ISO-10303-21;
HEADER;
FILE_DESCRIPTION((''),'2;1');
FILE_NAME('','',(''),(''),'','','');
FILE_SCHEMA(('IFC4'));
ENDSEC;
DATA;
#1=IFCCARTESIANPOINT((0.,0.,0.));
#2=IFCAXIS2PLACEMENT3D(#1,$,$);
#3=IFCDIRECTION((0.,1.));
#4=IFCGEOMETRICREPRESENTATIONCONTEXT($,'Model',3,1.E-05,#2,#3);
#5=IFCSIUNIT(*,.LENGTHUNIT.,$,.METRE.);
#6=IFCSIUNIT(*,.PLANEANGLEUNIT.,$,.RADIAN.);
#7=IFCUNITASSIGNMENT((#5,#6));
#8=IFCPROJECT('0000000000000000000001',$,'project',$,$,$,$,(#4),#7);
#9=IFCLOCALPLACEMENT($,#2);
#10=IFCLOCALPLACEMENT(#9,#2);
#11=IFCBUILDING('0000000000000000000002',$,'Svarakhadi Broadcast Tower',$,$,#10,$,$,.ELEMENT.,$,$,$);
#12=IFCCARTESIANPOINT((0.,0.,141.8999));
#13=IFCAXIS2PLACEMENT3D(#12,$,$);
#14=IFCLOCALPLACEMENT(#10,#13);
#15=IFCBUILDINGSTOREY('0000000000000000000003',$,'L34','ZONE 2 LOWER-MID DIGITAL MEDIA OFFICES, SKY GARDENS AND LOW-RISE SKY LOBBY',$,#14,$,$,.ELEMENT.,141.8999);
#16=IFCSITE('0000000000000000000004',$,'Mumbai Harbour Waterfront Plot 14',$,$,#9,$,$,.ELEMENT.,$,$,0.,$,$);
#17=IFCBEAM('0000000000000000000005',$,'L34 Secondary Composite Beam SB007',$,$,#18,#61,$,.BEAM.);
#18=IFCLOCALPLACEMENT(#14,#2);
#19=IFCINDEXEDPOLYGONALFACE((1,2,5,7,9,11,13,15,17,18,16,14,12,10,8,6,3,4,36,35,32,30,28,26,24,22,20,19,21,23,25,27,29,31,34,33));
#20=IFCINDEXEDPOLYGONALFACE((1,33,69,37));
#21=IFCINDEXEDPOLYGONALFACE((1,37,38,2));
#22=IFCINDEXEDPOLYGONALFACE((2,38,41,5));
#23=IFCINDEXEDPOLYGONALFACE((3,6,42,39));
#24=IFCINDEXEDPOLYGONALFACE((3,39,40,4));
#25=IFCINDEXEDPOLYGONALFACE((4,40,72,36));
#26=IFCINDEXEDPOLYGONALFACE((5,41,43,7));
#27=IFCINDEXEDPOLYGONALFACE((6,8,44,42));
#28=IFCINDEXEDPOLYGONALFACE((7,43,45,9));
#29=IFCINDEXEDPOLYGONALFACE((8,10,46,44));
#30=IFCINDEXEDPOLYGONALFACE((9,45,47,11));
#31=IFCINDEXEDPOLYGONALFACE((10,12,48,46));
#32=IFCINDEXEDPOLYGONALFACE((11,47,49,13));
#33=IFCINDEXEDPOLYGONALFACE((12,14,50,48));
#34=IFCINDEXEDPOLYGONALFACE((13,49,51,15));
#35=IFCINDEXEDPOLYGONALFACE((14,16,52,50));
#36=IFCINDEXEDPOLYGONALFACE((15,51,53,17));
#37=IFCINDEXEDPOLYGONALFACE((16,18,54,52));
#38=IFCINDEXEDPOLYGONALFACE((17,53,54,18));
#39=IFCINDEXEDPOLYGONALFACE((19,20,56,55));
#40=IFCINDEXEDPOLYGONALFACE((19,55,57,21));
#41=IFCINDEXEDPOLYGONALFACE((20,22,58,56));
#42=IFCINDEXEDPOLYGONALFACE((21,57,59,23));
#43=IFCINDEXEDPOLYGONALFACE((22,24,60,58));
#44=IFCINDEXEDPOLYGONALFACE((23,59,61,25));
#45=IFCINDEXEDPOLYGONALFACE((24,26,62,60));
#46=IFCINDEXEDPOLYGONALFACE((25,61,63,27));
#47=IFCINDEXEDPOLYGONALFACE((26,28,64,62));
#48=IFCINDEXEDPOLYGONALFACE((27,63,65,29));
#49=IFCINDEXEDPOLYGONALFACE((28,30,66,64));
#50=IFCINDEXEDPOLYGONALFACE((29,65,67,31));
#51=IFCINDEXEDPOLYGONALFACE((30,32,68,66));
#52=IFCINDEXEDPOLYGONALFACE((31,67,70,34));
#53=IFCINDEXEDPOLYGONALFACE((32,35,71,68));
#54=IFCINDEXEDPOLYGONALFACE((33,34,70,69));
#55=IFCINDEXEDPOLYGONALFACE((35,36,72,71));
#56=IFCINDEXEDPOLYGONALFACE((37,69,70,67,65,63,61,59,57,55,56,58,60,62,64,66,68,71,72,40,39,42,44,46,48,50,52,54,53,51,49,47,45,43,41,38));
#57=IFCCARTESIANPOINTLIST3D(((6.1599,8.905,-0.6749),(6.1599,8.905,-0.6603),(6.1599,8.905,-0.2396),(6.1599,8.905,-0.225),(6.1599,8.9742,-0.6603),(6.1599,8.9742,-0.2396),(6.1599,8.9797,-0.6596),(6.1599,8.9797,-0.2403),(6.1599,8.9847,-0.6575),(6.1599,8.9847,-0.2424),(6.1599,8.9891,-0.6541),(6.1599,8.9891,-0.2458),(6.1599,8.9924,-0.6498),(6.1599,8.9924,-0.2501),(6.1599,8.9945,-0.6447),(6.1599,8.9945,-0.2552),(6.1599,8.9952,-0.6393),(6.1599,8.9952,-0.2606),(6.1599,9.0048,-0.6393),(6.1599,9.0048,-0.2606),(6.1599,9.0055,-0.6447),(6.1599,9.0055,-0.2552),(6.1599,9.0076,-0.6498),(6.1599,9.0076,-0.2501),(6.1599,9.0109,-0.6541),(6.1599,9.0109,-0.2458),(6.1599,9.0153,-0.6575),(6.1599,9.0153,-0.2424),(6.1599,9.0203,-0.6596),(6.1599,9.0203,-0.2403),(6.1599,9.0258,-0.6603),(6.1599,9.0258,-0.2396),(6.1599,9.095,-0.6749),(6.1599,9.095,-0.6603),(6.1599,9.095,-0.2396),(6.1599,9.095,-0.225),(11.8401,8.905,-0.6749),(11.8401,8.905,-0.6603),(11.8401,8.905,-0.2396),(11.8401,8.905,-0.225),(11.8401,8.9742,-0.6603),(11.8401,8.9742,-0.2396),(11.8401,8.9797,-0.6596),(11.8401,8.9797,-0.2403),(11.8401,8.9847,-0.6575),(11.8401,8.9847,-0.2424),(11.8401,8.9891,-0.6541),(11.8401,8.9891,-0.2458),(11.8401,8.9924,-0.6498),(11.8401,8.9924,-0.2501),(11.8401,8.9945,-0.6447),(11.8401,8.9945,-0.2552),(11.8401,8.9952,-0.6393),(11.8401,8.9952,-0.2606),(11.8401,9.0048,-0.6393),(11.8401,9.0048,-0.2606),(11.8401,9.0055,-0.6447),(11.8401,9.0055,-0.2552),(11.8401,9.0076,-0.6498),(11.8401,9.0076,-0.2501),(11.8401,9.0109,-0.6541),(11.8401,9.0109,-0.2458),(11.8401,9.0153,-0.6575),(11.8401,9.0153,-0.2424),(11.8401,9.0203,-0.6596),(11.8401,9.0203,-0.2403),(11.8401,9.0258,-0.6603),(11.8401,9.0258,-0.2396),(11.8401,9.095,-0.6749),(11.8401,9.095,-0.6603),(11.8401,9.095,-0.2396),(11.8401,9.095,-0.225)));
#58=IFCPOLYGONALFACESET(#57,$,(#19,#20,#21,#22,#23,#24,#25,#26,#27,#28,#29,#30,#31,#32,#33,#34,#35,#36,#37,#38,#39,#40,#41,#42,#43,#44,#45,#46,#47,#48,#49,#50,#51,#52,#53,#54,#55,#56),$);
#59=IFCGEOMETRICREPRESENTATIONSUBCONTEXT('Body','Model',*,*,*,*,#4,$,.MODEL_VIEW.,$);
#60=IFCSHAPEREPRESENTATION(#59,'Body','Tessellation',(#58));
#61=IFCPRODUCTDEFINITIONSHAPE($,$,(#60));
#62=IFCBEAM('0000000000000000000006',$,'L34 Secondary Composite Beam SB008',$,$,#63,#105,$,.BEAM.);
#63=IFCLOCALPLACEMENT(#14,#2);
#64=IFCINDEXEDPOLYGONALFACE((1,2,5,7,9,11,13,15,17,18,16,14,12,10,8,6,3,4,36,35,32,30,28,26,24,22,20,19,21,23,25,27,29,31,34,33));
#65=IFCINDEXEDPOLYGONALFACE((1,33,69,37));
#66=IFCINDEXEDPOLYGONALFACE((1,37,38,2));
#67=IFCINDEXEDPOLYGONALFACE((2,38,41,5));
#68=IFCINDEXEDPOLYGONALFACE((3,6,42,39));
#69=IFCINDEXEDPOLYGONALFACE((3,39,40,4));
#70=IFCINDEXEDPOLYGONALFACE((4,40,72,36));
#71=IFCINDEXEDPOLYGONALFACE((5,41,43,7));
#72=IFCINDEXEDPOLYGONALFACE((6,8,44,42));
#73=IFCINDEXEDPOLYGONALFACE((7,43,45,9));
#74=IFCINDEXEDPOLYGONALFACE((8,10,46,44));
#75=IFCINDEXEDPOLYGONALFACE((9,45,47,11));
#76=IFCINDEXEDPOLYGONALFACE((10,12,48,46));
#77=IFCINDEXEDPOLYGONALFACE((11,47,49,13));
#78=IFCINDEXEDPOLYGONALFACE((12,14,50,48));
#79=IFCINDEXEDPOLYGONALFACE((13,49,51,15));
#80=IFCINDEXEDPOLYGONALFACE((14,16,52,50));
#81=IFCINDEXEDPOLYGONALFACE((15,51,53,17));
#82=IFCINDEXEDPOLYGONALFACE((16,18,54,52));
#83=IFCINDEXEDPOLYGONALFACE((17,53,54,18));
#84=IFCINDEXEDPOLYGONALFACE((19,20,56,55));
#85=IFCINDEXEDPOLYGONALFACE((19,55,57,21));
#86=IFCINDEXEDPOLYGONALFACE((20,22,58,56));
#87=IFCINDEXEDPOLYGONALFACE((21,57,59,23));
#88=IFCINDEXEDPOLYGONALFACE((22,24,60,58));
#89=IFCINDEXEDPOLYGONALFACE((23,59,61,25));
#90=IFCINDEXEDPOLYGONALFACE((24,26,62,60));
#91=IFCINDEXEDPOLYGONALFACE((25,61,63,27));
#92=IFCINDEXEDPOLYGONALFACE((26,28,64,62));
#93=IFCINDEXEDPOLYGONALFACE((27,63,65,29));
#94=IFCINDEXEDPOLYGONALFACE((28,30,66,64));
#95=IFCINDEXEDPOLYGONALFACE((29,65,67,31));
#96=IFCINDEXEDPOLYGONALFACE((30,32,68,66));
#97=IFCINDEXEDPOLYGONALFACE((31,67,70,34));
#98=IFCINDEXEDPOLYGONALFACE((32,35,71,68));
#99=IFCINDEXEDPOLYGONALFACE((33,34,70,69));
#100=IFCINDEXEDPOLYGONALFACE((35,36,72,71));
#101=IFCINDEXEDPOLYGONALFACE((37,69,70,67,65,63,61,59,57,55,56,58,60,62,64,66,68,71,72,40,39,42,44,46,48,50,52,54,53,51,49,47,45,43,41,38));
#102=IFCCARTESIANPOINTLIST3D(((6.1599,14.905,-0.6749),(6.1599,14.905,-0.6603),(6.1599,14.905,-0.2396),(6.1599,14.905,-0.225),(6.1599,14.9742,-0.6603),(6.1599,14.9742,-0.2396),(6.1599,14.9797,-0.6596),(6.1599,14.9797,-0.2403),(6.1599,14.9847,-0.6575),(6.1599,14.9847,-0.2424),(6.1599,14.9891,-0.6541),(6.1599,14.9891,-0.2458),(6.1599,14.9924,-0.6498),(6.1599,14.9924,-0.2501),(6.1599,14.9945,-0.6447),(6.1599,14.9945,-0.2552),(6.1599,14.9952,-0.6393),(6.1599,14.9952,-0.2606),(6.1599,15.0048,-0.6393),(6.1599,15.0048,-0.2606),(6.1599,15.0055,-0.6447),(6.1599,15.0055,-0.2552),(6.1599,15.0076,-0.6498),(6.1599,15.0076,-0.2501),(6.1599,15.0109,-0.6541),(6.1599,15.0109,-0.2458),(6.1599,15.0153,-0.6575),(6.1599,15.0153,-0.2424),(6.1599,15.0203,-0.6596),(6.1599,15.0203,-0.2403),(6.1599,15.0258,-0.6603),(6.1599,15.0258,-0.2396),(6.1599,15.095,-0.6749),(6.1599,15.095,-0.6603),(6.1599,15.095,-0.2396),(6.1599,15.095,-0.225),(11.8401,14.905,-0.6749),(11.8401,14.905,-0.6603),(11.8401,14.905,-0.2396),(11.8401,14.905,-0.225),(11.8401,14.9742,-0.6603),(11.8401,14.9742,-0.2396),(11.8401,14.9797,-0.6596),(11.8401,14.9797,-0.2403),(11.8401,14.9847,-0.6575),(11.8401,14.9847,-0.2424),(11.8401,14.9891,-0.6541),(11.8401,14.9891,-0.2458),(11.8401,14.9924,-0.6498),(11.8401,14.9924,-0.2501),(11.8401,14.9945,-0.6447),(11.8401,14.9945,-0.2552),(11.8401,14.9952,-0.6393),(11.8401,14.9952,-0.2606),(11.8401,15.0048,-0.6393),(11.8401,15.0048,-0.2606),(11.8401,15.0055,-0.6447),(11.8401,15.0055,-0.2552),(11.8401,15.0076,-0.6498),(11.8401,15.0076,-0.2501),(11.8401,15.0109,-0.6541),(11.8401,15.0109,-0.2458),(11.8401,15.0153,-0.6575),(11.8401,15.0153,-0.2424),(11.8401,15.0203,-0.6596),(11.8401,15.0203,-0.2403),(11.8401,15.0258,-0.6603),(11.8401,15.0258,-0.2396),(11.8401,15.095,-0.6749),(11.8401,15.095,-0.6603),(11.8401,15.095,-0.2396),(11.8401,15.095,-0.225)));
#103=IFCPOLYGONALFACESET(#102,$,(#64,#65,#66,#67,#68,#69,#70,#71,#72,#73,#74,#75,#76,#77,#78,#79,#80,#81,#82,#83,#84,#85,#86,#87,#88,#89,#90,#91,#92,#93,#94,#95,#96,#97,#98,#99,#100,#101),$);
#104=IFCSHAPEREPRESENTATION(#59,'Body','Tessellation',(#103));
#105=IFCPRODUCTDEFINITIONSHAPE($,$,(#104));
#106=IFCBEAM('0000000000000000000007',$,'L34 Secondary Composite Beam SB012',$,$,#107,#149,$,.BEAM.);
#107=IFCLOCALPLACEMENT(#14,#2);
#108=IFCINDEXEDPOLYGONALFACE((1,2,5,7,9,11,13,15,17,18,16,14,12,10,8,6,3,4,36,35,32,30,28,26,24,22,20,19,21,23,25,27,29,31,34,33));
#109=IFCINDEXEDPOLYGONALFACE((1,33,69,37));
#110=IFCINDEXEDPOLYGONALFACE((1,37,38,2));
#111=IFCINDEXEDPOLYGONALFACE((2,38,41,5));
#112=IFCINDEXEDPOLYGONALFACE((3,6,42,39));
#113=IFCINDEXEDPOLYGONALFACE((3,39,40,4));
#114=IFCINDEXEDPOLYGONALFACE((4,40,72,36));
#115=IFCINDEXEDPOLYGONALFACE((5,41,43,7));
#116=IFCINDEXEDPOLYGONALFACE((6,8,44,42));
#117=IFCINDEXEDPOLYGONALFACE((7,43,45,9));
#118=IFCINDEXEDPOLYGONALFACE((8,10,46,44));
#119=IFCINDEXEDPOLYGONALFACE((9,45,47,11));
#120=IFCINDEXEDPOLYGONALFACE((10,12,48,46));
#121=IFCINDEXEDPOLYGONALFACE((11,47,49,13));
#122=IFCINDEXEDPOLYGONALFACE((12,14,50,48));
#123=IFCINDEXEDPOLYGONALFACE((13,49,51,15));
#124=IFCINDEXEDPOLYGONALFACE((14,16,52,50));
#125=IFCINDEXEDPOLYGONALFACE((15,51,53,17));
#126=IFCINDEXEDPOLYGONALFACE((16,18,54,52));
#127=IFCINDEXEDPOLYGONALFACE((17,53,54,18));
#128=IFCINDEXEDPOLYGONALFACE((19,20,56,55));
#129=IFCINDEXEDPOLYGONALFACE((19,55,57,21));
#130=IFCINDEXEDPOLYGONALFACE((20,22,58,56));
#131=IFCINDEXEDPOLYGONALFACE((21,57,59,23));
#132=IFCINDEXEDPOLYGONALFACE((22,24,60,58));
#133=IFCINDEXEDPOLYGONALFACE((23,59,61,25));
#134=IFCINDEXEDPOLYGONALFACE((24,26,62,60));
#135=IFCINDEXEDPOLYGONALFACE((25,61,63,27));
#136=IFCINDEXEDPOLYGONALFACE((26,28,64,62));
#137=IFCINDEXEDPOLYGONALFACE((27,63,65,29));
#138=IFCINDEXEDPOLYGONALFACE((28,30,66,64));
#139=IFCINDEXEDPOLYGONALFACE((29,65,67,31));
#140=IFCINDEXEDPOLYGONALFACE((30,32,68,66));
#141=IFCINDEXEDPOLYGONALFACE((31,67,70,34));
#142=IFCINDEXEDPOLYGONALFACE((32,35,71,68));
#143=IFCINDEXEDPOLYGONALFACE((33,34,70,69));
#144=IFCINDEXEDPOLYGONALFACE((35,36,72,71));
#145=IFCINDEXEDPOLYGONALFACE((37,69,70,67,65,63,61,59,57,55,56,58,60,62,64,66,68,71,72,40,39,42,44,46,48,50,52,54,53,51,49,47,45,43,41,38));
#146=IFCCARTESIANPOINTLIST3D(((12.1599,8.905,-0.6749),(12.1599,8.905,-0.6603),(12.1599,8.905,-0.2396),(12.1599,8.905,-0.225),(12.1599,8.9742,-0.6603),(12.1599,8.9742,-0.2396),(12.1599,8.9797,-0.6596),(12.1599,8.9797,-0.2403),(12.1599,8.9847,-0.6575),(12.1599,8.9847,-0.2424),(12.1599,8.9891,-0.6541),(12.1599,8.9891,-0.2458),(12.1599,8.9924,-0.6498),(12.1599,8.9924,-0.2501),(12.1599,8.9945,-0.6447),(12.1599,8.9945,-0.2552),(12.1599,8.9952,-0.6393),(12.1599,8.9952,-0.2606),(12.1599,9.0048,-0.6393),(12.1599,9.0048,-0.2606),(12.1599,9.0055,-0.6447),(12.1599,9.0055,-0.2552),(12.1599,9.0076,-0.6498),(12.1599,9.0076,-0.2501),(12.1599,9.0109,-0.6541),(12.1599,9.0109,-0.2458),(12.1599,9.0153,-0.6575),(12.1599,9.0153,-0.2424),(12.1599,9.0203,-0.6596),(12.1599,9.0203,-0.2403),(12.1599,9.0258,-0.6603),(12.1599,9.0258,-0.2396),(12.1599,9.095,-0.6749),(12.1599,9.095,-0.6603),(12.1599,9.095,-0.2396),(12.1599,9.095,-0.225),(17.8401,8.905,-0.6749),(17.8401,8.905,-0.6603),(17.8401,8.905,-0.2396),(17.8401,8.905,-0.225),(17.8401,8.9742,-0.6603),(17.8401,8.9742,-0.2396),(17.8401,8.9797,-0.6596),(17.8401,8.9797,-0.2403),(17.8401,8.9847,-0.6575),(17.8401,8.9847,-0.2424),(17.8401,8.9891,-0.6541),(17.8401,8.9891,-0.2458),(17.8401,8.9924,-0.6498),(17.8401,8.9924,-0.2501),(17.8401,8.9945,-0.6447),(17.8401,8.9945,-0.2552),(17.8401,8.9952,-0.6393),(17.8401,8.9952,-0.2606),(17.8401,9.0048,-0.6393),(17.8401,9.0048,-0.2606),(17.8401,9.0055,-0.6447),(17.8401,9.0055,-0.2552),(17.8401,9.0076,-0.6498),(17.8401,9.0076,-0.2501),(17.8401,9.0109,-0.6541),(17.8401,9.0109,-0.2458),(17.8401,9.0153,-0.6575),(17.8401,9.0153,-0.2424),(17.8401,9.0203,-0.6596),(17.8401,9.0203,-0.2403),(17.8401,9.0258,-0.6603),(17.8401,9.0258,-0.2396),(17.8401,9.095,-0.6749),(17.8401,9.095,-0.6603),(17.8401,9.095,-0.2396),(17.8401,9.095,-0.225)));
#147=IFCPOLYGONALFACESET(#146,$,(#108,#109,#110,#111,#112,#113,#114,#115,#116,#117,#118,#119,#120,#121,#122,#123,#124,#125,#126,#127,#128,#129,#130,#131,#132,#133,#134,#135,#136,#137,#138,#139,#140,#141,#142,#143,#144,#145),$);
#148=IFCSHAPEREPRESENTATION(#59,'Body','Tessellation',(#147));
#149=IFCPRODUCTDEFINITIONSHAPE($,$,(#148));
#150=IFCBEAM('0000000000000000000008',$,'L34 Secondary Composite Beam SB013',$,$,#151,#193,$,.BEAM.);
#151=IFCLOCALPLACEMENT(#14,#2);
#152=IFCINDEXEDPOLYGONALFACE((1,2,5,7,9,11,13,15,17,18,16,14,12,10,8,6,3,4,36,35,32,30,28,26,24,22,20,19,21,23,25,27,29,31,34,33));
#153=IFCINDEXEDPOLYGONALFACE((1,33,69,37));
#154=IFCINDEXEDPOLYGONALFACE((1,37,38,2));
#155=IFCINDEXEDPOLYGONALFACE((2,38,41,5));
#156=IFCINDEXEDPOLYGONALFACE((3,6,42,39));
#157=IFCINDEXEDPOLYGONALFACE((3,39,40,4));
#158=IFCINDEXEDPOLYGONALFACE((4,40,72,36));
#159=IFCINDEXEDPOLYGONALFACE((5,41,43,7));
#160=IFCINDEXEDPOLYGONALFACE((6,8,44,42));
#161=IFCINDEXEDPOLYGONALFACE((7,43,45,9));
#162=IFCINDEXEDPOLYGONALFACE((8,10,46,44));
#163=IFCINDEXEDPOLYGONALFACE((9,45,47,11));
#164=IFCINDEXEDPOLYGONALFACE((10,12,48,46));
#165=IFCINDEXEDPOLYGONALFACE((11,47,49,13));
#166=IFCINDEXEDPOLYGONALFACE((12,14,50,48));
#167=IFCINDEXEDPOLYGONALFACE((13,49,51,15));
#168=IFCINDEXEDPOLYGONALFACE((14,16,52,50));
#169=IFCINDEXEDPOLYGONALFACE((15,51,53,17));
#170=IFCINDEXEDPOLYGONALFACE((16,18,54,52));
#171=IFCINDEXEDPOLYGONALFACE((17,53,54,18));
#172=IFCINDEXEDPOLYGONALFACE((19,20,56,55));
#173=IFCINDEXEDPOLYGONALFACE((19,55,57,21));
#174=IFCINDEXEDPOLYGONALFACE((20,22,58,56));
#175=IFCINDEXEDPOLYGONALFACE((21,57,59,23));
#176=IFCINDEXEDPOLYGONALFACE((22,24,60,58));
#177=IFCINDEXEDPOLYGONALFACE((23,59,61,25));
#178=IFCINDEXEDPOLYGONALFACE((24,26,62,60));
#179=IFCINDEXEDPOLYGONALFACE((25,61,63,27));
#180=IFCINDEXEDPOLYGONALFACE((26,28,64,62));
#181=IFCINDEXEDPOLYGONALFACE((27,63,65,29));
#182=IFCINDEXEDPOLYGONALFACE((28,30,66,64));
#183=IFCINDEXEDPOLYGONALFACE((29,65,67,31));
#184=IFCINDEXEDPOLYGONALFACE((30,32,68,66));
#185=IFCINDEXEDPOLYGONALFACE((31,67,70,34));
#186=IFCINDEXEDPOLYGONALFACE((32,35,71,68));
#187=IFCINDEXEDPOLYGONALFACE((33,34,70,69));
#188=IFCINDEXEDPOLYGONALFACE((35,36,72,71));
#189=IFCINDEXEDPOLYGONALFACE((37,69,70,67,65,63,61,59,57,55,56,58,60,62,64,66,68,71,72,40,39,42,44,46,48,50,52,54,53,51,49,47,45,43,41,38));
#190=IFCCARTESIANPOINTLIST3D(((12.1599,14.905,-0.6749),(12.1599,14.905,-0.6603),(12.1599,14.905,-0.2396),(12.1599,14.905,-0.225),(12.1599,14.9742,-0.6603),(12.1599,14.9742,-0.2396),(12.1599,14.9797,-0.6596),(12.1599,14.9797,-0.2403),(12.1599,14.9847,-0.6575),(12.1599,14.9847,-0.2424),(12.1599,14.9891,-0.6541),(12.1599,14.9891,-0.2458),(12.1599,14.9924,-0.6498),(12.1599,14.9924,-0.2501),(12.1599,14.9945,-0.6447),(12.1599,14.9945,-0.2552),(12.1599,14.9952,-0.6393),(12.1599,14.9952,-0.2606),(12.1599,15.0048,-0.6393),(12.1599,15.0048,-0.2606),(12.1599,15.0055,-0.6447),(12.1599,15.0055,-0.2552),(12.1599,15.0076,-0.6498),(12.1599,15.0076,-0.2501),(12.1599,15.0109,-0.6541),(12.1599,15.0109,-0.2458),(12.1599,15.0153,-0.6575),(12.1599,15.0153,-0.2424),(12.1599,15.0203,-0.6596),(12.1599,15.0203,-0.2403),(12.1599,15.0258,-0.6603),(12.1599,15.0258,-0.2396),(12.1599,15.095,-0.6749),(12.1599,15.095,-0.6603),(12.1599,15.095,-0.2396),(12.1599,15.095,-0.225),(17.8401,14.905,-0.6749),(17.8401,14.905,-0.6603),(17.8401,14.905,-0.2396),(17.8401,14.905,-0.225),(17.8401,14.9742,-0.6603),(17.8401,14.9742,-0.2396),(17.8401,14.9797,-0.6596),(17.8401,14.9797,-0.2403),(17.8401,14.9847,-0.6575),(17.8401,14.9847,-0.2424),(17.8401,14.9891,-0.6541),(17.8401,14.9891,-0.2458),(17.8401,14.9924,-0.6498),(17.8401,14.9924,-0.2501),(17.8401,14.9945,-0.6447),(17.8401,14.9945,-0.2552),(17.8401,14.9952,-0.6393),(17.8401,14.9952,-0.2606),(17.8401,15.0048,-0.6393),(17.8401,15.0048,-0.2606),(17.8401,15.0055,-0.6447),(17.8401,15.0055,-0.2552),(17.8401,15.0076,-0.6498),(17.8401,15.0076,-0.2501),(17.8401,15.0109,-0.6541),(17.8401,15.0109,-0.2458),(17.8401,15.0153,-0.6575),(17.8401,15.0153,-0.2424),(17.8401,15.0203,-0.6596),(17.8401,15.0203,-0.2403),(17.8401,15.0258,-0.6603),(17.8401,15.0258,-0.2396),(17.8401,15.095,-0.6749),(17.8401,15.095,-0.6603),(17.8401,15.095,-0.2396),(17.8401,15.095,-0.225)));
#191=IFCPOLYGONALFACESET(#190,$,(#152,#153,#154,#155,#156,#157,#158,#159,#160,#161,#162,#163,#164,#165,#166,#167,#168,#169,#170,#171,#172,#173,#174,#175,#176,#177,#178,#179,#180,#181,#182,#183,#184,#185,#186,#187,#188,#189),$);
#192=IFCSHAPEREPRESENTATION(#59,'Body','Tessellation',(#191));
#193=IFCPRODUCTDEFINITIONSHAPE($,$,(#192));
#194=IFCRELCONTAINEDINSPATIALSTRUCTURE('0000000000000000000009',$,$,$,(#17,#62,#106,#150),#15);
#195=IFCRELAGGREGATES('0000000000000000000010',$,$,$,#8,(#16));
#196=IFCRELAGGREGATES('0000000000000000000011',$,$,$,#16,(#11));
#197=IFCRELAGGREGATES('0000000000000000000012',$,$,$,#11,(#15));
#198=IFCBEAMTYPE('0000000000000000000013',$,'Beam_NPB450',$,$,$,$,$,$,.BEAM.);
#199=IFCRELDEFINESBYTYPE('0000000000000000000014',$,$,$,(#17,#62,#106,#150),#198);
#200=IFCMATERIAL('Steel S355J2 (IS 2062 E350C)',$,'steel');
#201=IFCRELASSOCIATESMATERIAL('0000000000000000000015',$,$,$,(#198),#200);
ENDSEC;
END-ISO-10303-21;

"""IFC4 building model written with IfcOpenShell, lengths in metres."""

from ifc_helpers import new_model, si_unit, direction, frame, origin, origin_2d, place, context, subcontext, project, spatial, i_section, extrude, material, material_profile, profile_set, type_object, element, save


model = new_model("IFC4")

# Units and contexts
model_context = context("Model", 3, precision=1e-05, world=origin(), true_north=direction((0.0, 1.0)))
body_context = subcontext(model_context, "Body", "Model", "MODEL_VIEW")
ifc_project = project(units=[si_unit("LENGTHUNIT", "METRE"), si_unit("PLANEANGLEUNIT", "RADIAN")], contexts=[model_context])

# Site, building, storey
site_placement = place(None, origin())
site = spatial("IfcSite", under=ifc_project, at=site_placement, Name="Mumbai Harbour Waterfront Plot 14", CompositionType="ELEMENT", RefElevation=0.0)
building_placement = place(site_placement, origin())
building = spatial("IfcBuilding", under=site, at=building_placement, Name="Svarakhadi Broadcast Tower", CompositionType="ELEMENT")
storey_placement = place(building_placement, frame((0.0, 0.0, 141.8999)))
storey = spatial("IfcBuildingStorey", under=building, at=storey_placement, Name="L34", Description="ZONE 2 LOWER-MID DIGITAL MEDIA OFFICES, SKY GARDENS AND LOW-RISE SKY LOBBY", CompositionType="ELEMENT", Elevation=141.8999)

# Beams
ifc_material_1 = material(Name="Steel S355J2 (IS 2062 E350C)", Category="steel")
ifc_material_profile_1 = material_profile(ifc_material_1, i_section(OverallWidth=0.1899, OverallDepth=0.45, WebThickness=0.0095, FlangeThickness=0.0146, FilletRadius=0.021, at=origin_2d()), Name="NPB 450x190x78")
ifc_profile_set_1 = profile_set([ifc_material_profile_1], Name="Steel S355J2 (IS 2062 E350C)")
beam_type_1 = type_object("IfcBeamType", Name="Beam_NPB450", PredefinedType="BEAM", material=ifc_profile_set_1)
for number, where, z_axis, x_axis, name in (
    (1, (6.1599, 9.0, -0.45), (1.0, 0.0, 0.0), (0.0, 1.0, 0.0), "L34 Secondary Composite Beam SB007"),
    (2, (6.1599, 15.0, -0.45), (1.0, 0.0, 0.0), (0.0, 1.0, 0.0), "L34 Secondary Composite Beam SB008"),
    (3, (12.1599, 9.0, -0.45), (1.0, 0.0, 0.0), (0.0, 1.0, 0.0), "L34 Secondary Composite Beam SB012"),
    (4, (12.1599, 15.0, -0.45), (1.0, 0.0, 0.0), (0.0, 1.0, 0.0), "L34 Secondary Composite Beam SB013"),
):
    element("IfcBeam", number, at=place(storey_placement, frame(where, z_axis=z_axis, x_axis=x_axis)), inside=storey, type_object=beam_type_1, Name=name, PredefinedType="BEAM", context=body_context, shape_type="SweptSolid", body=[
        extrude(i_section(OverallWidth=0.1899, OverallDepth=0.45, WebThickness=0.0095, FlangeThickness=0.0146, FilletRadius=0.021, at=origin_2d()), origin(), (0.0, 0.0, 1.0), 5.6802),
    ])

save(model, "model.ifc")
